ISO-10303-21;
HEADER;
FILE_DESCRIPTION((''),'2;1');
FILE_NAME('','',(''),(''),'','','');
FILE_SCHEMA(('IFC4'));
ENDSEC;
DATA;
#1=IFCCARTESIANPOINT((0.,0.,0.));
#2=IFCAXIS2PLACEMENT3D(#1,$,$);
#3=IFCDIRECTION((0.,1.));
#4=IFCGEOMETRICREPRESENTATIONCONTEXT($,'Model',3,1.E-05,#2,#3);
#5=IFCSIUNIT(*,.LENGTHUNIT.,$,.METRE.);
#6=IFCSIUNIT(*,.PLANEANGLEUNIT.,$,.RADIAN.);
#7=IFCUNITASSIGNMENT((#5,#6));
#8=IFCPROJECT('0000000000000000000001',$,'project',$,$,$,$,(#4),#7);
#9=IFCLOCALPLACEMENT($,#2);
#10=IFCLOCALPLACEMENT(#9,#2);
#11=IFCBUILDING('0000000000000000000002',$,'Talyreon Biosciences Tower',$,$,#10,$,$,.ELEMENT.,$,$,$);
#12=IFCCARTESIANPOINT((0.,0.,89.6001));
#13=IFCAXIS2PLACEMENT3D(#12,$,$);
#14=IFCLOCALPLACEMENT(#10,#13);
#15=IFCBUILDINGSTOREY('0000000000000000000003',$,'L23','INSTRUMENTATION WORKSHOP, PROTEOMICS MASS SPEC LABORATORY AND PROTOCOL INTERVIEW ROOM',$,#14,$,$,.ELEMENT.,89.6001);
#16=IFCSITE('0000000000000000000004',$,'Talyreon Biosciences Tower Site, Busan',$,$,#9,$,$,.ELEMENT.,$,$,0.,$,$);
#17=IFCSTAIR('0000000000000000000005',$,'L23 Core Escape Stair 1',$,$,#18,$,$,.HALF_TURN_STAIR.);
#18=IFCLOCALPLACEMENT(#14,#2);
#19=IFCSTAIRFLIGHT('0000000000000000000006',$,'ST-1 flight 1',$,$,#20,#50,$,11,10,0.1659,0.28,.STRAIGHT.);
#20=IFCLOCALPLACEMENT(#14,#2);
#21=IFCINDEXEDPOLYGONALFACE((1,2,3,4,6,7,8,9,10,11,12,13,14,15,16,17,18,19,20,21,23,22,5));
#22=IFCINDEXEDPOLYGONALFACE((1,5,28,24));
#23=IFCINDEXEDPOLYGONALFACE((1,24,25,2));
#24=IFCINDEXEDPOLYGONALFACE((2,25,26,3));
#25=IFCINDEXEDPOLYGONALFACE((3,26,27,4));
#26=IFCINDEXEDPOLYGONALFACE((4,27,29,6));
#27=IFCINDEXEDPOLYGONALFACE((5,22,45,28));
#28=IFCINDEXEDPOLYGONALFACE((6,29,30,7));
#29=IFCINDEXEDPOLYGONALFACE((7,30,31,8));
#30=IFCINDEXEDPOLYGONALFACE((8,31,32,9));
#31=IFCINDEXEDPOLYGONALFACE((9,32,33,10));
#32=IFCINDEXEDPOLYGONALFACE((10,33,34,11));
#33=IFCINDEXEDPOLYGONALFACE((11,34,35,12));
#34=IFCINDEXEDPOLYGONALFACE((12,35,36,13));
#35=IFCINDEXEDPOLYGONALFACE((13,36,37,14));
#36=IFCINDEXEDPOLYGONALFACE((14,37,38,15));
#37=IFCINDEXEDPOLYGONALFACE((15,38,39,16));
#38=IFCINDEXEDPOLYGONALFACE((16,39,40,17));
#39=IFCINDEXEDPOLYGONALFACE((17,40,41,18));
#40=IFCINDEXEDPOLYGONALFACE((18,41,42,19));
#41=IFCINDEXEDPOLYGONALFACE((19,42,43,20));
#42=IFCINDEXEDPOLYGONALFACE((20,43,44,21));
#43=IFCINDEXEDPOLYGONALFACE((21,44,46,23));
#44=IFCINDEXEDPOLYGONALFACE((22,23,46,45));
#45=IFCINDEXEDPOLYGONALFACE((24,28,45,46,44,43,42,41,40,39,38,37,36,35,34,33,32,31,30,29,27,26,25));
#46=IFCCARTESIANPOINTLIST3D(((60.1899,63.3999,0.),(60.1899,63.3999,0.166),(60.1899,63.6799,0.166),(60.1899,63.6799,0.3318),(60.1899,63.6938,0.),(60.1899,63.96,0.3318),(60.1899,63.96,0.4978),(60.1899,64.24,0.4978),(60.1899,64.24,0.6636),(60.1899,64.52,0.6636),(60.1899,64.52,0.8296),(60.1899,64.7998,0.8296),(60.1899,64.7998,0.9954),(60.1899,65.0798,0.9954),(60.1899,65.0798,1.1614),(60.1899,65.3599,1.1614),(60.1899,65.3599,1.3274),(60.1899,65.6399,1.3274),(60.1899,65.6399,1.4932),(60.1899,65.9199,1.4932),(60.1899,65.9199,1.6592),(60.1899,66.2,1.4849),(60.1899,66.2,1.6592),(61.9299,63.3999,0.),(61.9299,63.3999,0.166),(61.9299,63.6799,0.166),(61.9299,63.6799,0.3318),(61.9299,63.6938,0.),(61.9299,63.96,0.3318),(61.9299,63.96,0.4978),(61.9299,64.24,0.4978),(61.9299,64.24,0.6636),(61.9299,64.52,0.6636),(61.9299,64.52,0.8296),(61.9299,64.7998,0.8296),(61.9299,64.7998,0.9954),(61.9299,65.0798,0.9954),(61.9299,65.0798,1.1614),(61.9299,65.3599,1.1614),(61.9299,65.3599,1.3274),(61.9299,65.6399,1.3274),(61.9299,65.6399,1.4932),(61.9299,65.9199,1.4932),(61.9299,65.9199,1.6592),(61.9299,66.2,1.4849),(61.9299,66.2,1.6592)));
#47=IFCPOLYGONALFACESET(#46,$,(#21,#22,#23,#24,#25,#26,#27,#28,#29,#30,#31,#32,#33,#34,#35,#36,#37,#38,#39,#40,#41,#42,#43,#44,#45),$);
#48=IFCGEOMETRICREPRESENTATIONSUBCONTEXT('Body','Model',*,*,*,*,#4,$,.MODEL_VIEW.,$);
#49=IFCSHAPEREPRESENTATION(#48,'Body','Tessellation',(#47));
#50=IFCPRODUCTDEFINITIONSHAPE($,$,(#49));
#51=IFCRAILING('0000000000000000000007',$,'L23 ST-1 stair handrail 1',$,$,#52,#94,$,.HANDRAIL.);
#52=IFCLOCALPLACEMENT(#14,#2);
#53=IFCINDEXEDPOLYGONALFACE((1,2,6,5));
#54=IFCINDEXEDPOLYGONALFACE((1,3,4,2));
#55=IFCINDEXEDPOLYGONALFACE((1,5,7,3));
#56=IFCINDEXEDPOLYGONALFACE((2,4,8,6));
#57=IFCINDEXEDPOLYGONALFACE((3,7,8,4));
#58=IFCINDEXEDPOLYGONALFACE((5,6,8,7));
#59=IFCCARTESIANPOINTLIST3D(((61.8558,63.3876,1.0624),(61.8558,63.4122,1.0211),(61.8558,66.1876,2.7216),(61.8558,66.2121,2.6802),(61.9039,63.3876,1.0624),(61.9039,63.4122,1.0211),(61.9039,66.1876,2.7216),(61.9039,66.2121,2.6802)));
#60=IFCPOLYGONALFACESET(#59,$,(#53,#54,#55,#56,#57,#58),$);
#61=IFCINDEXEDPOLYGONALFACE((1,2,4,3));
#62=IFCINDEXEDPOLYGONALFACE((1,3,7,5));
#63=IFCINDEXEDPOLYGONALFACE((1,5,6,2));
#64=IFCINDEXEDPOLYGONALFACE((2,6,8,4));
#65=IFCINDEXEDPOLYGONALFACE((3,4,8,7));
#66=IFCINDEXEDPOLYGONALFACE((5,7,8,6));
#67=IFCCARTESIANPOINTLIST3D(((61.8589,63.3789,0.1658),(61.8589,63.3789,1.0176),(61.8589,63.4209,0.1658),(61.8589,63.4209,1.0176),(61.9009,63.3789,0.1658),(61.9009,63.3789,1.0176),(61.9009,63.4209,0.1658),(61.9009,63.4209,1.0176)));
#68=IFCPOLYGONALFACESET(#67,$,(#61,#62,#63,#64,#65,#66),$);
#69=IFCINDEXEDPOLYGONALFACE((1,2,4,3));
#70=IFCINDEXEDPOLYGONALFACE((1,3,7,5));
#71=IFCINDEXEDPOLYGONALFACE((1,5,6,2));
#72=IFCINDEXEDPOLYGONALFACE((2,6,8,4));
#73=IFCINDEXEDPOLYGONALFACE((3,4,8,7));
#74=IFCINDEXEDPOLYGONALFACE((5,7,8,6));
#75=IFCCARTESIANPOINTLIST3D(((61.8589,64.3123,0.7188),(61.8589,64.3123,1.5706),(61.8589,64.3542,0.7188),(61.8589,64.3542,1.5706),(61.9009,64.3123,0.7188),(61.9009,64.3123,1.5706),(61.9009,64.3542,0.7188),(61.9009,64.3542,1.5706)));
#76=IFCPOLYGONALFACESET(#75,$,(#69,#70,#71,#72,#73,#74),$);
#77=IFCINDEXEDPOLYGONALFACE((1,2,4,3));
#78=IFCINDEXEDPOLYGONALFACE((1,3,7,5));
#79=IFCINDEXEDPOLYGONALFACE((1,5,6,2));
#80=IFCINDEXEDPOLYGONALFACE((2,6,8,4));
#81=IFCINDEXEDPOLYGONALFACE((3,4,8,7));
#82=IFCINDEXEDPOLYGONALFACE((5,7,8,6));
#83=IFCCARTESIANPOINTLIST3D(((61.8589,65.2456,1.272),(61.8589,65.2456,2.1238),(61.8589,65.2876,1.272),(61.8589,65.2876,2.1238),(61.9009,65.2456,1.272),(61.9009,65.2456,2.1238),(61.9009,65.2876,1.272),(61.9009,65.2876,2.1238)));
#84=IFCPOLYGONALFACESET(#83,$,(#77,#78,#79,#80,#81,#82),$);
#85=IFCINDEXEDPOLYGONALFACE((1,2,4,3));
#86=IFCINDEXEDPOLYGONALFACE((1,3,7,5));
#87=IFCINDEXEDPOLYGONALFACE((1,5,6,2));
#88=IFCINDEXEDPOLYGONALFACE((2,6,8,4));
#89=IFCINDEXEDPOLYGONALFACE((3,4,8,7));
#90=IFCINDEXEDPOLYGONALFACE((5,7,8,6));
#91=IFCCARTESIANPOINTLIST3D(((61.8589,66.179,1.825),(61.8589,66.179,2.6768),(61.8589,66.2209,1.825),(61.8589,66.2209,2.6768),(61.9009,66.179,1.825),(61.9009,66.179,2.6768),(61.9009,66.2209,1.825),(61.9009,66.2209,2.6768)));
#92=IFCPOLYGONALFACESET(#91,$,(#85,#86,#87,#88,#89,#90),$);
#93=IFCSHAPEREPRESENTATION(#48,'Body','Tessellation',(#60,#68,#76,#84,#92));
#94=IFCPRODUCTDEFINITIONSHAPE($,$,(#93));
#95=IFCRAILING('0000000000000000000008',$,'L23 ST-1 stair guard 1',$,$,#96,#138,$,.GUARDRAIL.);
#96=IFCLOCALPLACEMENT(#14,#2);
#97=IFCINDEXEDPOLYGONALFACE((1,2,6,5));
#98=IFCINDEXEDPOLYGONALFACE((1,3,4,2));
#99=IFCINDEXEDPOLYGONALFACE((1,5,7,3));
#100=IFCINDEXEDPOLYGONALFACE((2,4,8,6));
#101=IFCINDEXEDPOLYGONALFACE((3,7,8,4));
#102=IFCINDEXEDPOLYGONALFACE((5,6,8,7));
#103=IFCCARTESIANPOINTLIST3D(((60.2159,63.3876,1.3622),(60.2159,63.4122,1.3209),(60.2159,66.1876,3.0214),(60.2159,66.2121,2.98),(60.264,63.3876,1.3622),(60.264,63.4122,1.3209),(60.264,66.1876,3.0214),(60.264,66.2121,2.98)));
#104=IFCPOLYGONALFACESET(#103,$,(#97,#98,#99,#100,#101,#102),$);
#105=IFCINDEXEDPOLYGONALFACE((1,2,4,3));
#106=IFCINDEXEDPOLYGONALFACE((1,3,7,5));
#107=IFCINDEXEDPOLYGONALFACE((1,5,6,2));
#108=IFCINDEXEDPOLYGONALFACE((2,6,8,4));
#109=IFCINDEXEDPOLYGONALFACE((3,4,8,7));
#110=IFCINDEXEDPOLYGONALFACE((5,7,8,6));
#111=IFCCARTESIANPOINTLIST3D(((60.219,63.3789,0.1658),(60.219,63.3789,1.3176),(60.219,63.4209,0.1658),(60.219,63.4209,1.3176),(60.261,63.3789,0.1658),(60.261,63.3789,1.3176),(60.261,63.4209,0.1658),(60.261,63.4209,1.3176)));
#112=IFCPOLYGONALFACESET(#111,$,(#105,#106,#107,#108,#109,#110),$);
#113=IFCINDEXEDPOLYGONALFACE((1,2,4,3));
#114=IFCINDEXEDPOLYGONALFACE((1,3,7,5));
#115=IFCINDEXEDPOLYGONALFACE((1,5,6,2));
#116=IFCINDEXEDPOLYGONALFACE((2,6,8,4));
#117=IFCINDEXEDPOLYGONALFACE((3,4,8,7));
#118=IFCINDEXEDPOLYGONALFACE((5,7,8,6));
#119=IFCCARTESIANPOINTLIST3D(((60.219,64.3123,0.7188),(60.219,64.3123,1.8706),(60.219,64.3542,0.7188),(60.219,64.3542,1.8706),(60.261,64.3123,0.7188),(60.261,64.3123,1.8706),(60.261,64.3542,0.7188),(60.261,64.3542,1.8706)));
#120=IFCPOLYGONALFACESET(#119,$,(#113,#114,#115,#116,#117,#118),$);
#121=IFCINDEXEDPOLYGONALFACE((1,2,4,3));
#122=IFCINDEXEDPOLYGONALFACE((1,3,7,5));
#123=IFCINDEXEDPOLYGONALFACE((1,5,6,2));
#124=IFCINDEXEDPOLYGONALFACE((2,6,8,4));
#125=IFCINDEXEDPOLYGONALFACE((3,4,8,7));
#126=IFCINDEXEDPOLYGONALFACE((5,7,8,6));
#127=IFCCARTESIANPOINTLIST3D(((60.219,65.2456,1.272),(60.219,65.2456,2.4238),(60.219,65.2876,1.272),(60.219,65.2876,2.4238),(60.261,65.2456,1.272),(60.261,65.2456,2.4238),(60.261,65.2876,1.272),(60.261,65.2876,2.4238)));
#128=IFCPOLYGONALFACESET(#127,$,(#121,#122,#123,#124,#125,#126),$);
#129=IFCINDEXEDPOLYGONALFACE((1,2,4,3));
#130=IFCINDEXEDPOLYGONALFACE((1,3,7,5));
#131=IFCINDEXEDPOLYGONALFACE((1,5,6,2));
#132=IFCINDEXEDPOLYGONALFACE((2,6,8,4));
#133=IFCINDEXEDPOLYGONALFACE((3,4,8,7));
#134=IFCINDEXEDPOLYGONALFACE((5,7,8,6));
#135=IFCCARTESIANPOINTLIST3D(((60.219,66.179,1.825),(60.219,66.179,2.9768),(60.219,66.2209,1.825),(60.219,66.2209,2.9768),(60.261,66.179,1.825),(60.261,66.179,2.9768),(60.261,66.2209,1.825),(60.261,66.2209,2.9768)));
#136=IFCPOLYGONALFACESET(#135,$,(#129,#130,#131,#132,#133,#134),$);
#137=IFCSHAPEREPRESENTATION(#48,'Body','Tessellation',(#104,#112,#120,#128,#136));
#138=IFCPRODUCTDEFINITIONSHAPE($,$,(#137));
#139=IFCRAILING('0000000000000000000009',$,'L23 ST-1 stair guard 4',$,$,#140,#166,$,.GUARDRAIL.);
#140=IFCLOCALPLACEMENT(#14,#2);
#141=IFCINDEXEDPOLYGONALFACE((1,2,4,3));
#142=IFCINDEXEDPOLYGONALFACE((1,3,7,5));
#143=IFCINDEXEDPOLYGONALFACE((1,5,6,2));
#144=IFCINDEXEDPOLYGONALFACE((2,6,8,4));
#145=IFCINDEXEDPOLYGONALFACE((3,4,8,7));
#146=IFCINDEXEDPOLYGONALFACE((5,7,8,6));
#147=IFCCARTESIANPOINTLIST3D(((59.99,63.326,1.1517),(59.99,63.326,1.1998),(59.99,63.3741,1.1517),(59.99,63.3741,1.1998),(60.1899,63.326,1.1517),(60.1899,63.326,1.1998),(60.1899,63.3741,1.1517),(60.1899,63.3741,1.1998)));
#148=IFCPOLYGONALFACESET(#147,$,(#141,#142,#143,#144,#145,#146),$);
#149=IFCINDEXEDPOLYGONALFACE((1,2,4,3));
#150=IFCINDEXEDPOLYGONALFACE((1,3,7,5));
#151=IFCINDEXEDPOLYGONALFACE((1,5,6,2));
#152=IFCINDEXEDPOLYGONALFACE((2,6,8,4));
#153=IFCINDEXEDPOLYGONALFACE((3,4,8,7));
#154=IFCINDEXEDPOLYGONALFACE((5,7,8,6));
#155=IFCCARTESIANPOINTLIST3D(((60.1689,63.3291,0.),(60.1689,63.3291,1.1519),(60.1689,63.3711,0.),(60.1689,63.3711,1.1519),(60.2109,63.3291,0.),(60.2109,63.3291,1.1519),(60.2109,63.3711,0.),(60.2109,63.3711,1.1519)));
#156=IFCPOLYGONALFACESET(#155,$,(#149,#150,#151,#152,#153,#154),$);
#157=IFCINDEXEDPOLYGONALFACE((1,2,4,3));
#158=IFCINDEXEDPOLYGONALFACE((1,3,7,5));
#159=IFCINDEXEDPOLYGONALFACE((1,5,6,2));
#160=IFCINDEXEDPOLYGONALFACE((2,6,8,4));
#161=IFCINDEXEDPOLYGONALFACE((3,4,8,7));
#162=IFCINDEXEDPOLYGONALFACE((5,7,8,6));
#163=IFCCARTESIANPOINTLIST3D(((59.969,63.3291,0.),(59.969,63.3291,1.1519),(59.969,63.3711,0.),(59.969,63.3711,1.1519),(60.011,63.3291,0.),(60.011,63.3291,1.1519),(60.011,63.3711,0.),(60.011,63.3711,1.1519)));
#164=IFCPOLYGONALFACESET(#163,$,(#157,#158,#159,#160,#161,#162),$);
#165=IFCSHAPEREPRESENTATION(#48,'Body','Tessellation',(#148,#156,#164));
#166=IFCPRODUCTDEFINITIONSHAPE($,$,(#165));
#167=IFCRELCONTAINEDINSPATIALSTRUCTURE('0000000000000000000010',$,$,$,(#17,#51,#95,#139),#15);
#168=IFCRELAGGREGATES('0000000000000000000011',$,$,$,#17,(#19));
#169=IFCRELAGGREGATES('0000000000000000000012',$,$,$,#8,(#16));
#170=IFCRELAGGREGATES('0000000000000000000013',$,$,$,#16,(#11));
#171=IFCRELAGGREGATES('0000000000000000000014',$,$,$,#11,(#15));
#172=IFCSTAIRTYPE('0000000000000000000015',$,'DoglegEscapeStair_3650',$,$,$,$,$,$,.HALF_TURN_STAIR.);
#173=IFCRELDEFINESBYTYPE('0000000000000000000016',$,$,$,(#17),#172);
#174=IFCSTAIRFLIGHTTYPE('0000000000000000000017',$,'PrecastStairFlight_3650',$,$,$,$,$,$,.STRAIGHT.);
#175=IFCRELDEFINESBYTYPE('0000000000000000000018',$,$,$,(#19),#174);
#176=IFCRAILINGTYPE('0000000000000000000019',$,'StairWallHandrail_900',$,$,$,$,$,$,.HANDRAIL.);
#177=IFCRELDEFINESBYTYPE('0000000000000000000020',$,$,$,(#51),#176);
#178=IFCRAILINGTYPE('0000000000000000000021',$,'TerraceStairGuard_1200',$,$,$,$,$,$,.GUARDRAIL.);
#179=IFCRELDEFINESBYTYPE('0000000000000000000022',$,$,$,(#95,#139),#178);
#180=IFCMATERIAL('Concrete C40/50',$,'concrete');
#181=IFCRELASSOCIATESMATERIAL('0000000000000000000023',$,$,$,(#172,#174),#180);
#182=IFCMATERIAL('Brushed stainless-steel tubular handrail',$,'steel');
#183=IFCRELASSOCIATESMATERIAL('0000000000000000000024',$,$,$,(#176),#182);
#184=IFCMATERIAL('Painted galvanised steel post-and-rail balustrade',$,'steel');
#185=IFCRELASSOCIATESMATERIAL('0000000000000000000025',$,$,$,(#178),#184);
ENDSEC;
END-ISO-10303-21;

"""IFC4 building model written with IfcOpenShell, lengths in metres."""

from ifc_helpers import new_model, si_unit, direction, frame, origin, origin_2d, place, context, subcontext, project, spatial, polyline, rectangle, outline, extrude, material, type_object, element, aggregate, save


model = new_model("IFC4")

# Units and contexts
model_context = context("Model", 3, precision=1e-05, world=origin(), true_north=direction((0.0, 1.0)))
body_context = subcontext(model_context, "Body", "Model", "MODEL_VIEW")
ifc_project = project(units=[si_unit("LENGTHUNIT", "METRE"), si_unit("PLANEANGLEUNIT", "RADIAN")], contexts=[model_context])

# Site, building, storey
site_placement = place(None, origin())
site = spatial("IfcSite", under=ifc_project, at=site_placement, Name="Talyreon Biosciences Tower Site, Busan", CompositionType="ELEMENT", RefElevation=0.0)
building_placement = place(site_placement, origin())
building = spatial("IfcBuilding", under=site, at=building_placement, Name="Talyreon Biosciences Tower", CompositionType="ELEMENT")
storey_placement = place(building_placement, frame((0.0, 0.0, 89.6001)))
storey = spatial("IfcBuildingStorey", under=building, at=storey_placement, Name="L23", Description="INSTRUMENTATION WORKSHOP, PROTEOMICS MASS SPEC LABORATORY AND PROTOCOL INTERVIEW ROOM", CompositionType="ELEMENT", Elevation=89.6001)

# Stair, stair flight
ifc_material_1 = material(Name="Concrete C40/50", Category="concrete")
stair_type = type_object("IfcStairType", Name="DoglegEscapeStair_3650", PredefinedType="HALF_TURN_STAIR", material=ifc_material_1)
stair_placement = place(storey_placement, origin())
stair = element("IfcStair", 1, at=stair_placement, inside=storey, type_object=stair_type, Name="L23 Core Escape Stair 1", PredefinedType="HALF_TURN_STAIR")
stair_flight_type = type_object("IfcStairFlightType", Name="PrecastStairFlight_3650", PredefinedType="STRAIGHT", material=ifc_material_1)
stair_flight_placement = place(storey_placement, frame((61.0601, 63.3999, 0.0), z_axis=(0.0, 0.0, 1.0), x_axis=(0.0, 1.0, 0.0)))
stair_flight = element("IfcStairFlight", 2, at=stair_flight_placement, type_object=stair_flight_type, Name="ST-1 flight 1", NumberOfRisers=11, NumberOfTreads=10, PredefinedType="STRAIGHT", RiserHeight=0.1659, TreadLength=0.28, context=body_context, shape_type="SweptSolid", body=[
    extrude(outline(polyline([(0.0, 0.0), (0.0, 0.166), (0.28, 0.166), (0.28, 0.3318), (0.5601, 0.3318), (0.5601, 0.4978), (0.8401, 0.4978), (0.8401, 0.6636), (1.1201, 0.6636), (1.1201, 0.8296), (1.3999, 0.8296), (1.3999, 0.9954), (1.6799, 0.9954), (1.6799, 1.1614), (1.96, 1.1614), (1.96, 1.3274), (2.24, 1.3274), (2.24, 1.4932), (2.52, 1.4932), (2.52, 1.6592), (2.8, 1.6592), (2.8, 1.825), (2.8, 1.4849), (0.2939, 0.0), (0.0, 0.0)])), frame((0.0, 0.8701, 0.0), z_axis=(0.0, -1.0, 0.0), x_axis=(1.0, 0.0, 0.0)), (0.0, 0.0, 1.0), 1.74),
])
aggregate(stair, [stair_flight])

# Railings
ifc_material_2 = material(Name="Brushed stainless-steel tubular handrail", Category="steel")
railing_type_1 = type_object("IfcRailingType", Name="StairWallHandrail_900", PredefinedType="HANDRAIL", material=ifc_material_2)
railing_1_placement = place(storey_placement, frame((61.8799, 63.3999, 0.1658)))
element("IfcRailing", 3, at=railing_1_placement, inside=storey, type_object=railing_type_1, Name="L23 ST-1 stair handrail 1", PredefinedType="HANDRAIL", context=body_context, shape_type="SweptSolid", body=[
    extrude(rectangle(XDim=0.0481, YDim=0.0481, at=origin_2d()), frame((0.0, 0.0, 0.876), z_axis=(0.0, 0.860306, 0.509778), x_axis=(-1.0, 0.0, 0.0)), (0.0, 0.0, 1.0), 3.2546),
    extrude(rectangle(XDim=0.042, YDim=0.042, at=origin_2d()), origin(), (0.0, 0.0, 1.0), 0.8518),
    extrude(rectangle(XDim=0.042, YDim=0.042, at=origin_2d()), frame((0.0, 0.9333, 0.553)), (0.0, 0.0, 1.0), 0.8518),
    extrude(rectangle(XDim=0.042, YDim=0.042, at=origin_2d()), frame((0.0, 1.8667, 1.1062)), (0.0, 0.0, 1.0), 0.8518),
    extrude(rectangle(XDim=0.042, YDim=0.042, at=origin_2d()), frame((0.0, 2.8, 1.6592)), (0.0, 0.0, 1.0), 0.8518),
])
ifc_material_3 = material(Name="Painted galvanised steel post-and-rail balustrade", Category="steel")
railing_type_2 = type_object("IfcRailingType", Name="TerraceStairGuard_1200", PredefinedType="GUARDRAIL", material=ifc_material_3)
railing_2_placement = place(storey_placement, frame((60.24, 63.3999, 0.1658)))
element("IfcRailing", 4, at=railing_2_placement, inside=storey, type_object=railing_type_2, Name="L23 ST-1 stair guard 1", PredefinedType="GUARDRAIL", context=body_context, shape_type="SweptSolid", body=[
    extrude(rectangle(XDim=0.0481, YDim=0.0481, at=origin_2d()), frame((0.0, 0.0, 1.1758), z_axis=(0.0, 0.860306, 0.509778), x_axis=(-1.0, 0.0, 0.0)), (0.0, 0.0, 1.0), 3.2546),
    extrude(rectangle(XDim=0.042, YDim=0.042, at=origin_2d()), origin(), (0.0, 0.0, 1.0), 1.1519),
    extrude(rectangle(XDim=0.042, YDim=0.042, at=origin_2d()), frame((0.0, 0.9333, 0.553)), (0.0, 0.0, 1.0), 1.1519),
    extrude(rectangle(XDim=0.042, YDim=0.042, at=origin_2d()), frame((0.0, 1.8667, 1.1062)), (0.0, 0.0, 1.0), 1.1519),
    extrude(rectangle(XDim=0.042, YDim=0.042, at=origin_2d()), frame((0.0, 2.8, 1.6592)), (0.0, 0.0, 1.0), 1.1519),
])
railing_3_placement = place(storey_placement, frame((60.1899, 63.3501, 0.0)))
element("IfcRailing", 5, at=railing_3_placement, inside=storey, type_object=railing_type_2, Name="L23 ST-1 stair guard 4", PredefinedType="GUARDRAIL", context=body_context, shape_type="SweptSolid", body=[
    extrude(rectangle(XDim=0.0481, YDim=0.0481, at=origin_2d()), frame((0.0, 0.0, 1.1758), z_axis=(-1.0, 0.0, 0.0), x_axis=(0.0, -1.0, 0.0)), (0.0, 0.0, 1.0), 0.2),
    extrude(rectangle(XDim=0.042, YDim=0.042, at=origin_2d()), origin(), (0.0, 0.0, 1.0), 1.1519),
    extrude(rectangle(XDim=0.042, YDim=0.042, at=origin_2d()), frame((-0.2, 0.0, 0.0)), (0.0, 0.0, 1.0), 1.1519),
])

save(model, "model.ifc")
